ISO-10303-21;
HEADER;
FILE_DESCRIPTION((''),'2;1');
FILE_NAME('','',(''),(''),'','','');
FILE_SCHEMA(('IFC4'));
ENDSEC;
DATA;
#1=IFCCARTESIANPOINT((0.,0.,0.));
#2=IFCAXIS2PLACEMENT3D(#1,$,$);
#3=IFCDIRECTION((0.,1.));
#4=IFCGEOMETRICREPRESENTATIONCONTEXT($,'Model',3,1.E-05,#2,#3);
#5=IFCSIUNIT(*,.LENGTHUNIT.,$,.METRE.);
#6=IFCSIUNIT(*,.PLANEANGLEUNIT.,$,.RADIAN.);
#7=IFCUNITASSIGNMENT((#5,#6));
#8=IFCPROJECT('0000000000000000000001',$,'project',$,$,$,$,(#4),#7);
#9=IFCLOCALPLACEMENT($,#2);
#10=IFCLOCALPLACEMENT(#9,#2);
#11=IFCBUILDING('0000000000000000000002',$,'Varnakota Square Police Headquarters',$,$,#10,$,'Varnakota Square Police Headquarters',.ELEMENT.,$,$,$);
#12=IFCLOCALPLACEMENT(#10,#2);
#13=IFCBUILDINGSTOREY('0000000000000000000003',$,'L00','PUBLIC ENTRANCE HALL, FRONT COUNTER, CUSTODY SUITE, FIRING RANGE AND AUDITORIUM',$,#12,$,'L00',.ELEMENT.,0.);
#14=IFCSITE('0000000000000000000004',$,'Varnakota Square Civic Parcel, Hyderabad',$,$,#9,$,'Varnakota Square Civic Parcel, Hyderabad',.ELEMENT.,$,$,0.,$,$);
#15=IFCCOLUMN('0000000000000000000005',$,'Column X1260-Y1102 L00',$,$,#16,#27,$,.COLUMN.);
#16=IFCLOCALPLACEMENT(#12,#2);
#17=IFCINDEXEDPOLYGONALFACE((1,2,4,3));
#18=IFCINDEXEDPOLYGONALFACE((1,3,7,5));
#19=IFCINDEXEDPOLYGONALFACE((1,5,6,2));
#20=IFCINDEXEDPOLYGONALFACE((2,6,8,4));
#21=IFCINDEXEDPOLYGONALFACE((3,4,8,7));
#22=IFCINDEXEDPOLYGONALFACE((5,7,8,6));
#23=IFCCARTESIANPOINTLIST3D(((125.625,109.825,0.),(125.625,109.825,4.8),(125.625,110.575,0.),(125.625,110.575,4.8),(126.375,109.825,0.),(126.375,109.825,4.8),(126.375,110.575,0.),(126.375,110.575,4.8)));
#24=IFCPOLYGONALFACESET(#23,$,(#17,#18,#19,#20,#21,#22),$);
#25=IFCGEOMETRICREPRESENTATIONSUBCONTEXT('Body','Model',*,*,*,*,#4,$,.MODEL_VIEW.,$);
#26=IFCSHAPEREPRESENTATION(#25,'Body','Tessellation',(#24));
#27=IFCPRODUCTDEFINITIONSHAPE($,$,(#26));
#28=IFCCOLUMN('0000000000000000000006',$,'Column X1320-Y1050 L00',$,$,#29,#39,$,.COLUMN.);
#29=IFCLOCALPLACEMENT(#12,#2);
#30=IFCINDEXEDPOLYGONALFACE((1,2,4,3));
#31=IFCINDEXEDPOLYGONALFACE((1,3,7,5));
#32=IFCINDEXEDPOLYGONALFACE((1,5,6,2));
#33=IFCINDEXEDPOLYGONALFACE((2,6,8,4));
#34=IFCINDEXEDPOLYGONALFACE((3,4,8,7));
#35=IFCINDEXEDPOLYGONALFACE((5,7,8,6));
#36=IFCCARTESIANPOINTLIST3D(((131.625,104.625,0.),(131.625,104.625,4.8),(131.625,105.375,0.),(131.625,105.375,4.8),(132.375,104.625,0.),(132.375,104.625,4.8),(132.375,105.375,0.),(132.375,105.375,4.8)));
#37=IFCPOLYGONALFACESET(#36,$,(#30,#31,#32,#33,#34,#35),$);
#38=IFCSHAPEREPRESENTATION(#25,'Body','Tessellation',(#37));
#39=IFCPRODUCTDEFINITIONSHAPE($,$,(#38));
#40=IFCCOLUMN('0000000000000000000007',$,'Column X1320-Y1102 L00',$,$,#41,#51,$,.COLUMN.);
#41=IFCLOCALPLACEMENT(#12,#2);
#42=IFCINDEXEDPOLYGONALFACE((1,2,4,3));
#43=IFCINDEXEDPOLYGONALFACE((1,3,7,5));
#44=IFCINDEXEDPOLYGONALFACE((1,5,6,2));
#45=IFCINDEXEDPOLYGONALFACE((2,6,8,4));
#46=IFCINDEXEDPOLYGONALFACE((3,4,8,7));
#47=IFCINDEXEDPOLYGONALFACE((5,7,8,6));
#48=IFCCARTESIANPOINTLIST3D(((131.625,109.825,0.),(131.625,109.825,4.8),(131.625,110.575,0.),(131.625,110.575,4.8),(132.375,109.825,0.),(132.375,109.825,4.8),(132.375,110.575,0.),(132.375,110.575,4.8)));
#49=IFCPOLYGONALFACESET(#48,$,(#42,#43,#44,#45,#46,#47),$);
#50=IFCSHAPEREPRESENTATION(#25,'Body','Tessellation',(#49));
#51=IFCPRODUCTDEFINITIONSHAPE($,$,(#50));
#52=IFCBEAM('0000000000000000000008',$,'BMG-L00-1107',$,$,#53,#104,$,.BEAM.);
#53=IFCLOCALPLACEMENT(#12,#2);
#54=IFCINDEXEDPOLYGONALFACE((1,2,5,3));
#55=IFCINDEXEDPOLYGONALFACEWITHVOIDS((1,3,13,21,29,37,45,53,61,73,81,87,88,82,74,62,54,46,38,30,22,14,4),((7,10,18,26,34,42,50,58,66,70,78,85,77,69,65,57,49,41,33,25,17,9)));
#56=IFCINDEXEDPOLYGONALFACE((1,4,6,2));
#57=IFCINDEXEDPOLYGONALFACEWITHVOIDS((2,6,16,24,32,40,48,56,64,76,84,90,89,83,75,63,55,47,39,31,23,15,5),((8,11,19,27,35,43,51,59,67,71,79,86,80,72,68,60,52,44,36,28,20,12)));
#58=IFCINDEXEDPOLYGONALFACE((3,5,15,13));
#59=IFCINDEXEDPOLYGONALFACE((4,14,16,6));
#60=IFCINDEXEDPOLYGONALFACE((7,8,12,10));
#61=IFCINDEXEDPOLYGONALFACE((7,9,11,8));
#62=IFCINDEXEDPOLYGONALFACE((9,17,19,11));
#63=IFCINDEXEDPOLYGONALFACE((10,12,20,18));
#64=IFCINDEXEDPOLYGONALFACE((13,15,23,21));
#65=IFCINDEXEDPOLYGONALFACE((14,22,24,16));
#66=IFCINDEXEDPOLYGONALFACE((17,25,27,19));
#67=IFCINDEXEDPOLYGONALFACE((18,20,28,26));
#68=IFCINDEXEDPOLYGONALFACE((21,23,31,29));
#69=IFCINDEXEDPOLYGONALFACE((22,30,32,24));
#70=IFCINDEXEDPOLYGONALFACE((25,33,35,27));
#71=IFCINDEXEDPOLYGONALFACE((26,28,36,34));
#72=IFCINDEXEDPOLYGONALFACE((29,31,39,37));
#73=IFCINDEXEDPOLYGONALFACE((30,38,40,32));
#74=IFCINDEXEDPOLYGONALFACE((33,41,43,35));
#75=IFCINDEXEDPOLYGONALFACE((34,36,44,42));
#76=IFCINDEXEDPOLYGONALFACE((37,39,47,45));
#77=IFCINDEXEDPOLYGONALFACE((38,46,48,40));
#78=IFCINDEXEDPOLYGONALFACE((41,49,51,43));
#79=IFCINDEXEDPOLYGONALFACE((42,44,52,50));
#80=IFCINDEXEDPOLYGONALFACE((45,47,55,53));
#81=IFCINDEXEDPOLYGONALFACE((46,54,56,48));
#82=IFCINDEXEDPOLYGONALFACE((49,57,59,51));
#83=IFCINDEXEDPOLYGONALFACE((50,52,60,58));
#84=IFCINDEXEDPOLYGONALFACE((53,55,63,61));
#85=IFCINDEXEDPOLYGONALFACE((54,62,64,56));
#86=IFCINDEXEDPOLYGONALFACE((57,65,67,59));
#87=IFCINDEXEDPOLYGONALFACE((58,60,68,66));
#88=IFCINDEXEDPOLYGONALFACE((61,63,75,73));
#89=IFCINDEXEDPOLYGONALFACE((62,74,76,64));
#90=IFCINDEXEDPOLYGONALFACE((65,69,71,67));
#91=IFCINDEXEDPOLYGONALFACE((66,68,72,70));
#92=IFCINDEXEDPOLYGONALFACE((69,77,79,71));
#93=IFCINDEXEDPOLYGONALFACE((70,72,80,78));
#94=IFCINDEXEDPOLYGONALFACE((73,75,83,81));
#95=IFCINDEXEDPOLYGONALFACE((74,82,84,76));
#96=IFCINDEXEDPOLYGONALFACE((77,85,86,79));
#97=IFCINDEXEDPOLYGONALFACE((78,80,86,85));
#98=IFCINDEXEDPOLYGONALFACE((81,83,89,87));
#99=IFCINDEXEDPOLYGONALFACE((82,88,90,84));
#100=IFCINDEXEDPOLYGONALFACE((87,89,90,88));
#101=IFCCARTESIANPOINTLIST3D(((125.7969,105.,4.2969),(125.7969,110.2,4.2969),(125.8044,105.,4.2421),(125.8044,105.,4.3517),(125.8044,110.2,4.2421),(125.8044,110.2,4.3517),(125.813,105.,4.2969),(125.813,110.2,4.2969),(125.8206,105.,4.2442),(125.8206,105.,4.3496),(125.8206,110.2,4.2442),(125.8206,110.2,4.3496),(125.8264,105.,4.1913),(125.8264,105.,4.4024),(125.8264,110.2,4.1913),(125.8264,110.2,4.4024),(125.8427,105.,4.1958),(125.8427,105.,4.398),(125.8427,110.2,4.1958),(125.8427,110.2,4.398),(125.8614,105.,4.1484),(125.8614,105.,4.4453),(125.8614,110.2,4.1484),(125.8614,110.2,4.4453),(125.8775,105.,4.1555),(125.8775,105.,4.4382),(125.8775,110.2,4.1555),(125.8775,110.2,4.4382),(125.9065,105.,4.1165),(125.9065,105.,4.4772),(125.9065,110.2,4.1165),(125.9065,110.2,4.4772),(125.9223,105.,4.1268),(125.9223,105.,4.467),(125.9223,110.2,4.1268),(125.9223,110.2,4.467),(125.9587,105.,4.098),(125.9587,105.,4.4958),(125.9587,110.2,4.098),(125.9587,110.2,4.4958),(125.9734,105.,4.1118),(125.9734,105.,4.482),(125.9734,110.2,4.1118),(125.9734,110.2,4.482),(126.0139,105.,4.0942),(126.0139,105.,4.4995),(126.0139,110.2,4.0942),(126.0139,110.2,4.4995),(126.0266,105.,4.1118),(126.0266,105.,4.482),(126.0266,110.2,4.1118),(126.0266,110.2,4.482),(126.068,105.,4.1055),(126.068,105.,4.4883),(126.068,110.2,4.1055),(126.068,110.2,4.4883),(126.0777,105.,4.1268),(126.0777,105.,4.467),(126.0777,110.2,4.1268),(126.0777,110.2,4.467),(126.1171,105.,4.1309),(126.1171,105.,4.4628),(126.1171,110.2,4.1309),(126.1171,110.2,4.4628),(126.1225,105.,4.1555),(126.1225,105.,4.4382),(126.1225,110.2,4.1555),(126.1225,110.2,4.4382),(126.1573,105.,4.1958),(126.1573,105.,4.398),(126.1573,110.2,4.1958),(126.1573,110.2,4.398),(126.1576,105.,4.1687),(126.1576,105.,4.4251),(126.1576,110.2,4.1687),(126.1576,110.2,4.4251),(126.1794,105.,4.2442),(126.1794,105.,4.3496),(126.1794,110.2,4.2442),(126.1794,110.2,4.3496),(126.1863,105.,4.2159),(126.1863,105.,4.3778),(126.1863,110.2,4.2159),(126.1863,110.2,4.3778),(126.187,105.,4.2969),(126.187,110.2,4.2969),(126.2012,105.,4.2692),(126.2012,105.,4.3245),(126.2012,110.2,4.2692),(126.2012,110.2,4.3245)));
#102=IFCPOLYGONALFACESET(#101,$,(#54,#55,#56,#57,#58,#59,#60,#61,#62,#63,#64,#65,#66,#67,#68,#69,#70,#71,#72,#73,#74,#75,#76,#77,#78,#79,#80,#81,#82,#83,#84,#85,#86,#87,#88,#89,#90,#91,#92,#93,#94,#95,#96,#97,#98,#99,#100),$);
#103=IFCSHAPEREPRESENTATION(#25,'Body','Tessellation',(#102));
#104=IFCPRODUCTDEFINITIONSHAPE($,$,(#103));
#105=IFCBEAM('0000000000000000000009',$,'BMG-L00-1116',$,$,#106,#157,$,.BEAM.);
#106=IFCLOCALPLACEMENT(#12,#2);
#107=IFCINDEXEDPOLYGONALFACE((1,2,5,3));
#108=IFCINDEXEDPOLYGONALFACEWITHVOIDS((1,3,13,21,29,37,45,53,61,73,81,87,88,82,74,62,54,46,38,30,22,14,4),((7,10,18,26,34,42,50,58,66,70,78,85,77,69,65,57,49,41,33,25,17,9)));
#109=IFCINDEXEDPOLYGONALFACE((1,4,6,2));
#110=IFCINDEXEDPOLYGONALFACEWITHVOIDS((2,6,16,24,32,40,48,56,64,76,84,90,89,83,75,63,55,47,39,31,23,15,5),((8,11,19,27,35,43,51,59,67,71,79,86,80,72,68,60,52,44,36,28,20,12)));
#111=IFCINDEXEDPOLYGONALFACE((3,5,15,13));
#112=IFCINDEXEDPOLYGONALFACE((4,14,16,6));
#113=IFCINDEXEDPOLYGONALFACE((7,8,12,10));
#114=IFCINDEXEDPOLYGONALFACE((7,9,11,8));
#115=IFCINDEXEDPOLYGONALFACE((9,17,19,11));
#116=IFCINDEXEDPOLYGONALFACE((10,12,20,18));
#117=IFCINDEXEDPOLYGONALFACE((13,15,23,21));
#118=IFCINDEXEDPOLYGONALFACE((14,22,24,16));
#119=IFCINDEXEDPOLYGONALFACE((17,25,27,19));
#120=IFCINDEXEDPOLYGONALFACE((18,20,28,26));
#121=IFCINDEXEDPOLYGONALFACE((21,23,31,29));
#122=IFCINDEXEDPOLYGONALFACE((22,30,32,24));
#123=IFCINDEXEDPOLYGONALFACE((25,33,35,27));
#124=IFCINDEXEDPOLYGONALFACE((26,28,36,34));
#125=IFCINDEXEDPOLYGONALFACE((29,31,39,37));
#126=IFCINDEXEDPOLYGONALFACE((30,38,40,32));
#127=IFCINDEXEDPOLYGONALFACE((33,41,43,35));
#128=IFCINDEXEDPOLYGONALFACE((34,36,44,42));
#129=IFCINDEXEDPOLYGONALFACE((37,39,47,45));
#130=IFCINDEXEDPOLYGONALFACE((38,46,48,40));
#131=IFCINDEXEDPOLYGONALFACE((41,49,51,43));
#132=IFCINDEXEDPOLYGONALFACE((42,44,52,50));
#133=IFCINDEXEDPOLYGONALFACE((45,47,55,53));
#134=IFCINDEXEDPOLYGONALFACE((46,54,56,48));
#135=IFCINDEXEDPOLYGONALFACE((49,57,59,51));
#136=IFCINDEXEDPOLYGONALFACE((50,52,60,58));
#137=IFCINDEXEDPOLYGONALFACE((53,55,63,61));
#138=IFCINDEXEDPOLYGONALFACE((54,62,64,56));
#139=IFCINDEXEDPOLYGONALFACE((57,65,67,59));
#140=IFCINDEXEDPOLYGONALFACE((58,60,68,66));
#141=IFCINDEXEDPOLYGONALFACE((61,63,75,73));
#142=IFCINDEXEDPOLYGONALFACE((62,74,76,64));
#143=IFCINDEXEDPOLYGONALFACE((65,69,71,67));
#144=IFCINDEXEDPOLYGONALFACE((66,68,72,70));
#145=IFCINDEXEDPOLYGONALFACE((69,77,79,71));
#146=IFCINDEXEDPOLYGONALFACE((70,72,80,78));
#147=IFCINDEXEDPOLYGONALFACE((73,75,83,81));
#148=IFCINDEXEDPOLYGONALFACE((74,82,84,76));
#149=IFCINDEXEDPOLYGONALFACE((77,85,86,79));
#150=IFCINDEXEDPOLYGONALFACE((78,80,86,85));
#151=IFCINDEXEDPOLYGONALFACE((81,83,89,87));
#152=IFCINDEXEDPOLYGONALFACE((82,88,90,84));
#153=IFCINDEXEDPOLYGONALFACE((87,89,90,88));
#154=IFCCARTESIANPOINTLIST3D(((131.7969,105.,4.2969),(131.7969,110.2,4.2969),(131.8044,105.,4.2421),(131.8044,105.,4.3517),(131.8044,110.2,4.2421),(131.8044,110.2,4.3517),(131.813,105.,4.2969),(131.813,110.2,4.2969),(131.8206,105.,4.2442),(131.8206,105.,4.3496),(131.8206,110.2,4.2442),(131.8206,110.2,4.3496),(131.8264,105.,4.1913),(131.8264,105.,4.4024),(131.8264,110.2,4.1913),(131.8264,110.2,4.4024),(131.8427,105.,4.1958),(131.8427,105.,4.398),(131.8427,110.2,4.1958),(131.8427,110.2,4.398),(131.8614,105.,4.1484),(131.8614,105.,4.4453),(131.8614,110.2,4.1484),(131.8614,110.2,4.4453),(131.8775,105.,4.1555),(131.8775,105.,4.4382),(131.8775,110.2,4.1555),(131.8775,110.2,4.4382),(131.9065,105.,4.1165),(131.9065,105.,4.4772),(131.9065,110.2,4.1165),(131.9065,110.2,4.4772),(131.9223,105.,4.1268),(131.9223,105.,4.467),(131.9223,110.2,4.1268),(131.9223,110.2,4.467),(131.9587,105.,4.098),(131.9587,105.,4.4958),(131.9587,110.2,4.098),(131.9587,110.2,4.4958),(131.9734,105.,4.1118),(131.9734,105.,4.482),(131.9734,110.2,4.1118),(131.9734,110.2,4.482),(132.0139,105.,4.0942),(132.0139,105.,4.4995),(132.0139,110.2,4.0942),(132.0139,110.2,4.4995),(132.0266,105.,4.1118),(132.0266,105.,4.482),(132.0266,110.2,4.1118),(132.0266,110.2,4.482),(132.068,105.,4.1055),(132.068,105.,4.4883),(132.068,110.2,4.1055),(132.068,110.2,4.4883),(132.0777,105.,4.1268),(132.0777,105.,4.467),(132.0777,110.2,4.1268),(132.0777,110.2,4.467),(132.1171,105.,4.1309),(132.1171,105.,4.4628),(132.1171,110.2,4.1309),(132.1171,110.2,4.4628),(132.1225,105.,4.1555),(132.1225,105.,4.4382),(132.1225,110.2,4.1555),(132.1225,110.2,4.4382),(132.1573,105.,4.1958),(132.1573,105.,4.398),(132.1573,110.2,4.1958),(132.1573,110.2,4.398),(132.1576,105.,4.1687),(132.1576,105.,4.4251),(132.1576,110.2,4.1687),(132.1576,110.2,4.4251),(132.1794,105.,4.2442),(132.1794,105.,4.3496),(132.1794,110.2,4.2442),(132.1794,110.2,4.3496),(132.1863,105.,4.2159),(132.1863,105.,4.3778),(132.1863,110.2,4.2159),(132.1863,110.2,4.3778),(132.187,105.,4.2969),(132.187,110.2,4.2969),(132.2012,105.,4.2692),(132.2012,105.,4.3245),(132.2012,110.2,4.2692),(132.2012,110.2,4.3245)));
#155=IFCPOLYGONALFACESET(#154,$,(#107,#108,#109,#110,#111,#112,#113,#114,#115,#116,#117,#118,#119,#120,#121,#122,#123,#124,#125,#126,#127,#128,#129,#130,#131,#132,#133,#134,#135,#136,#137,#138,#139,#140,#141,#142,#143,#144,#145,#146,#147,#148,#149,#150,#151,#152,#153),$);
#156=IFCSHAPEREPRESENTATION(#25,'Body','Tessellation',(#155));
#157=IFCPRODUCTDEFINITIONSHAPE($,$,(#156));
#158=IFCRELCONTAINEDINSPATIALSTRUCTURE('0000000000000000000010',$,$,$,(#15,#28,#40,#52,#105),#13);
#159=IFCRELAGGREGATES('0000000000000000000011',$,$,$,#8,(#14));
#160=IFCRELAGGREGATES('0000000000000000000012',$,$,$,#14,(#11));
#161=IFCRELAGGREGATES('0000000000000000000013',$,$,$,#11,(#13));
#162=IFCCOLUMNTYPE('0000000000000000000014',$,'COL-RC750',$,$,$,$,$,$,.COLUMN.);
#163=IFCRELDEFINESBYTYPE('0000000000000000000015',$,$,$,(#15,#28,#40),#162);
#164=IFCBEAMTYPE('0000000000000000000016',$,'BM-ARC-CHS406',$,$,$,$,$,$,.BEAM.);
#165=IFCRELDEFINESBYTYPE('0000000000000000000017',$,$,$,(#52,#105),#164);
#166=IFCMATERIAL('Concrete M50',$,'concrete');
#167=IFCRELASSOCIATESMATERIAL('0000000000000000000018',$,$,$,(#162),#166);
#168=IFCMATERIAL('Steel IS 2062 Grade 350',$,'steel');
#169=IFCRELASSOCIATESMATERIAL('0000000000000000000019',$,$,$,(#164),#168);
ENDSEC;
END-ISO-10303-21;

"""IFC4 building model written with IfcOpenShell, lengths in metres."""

from ifc_helpers import new_model, si_unit, direction, frame, origin, origin_2d, place, context, subcontext, project, spatial, rectangle, hollow_circle, extrude, material, material_profile, profile_set, type_object, element, save


model = new_model("IFC4")

# Units and contexts
model_context = context("Model", 3, precision=1e-05, world=origin(), true_north=direction((0.0, 1.0)))
body_context = subcontext(model_context, "Body", "Model", "MODEL_VIEW")
ifc_project = project(units=[si_unit("LENGTHUNIT", "METRE"), si_unit("PLANEANGLEUNIT", "RADIAN")], contexts=[model_context])

# Site, building, storey
site_placement = place(None, origin())
site = spatial("IfcSite", under=ifc_project, at=site_placement, Name="Varnakota Square Civic Parcel, Hyderabad", LongName="Varnakota Square Civic Parcel, Hyderabad", CompositionType="ELEMENT", RefElevation=0.0)
building_placement = place(site_placement, origin())
building = spatial("IfcBuilding", under=site, at=building_placement, Name="Varnakota Square Police Headquarters", LongName="Varnakota Square Police Headquarters", CompositionType="ELEMENT")
storey_placement = place(building_placement, origin())
storey = spatial("IfcBuildingStorey", under=building, at=storey_placement, Name="L00", Description="PUBLIC ENTRANCE HALL, FRONT COUNTER, CUSTODY SUITE, FIRING RANGE AND AUDITORIUM", LongName="L00", CompositionType="ELEMENT", Elevation=0.0)

# Columns
ifc_material_1 = material(Name="Concrete M50", Category="concrete")
ifc_material_profile_1 = material_profile(ifc_material_1, rectangle(XDim=0.75, YDim=0.75, at=origin_2d()), Name="RC 750x750")
ifc_profile_set_1 = profile_set([ifc_material_profile_1], Name="Concrete M50")
column_type = type_object("IfcColumnType", Name="COL-RC750", PredefinedType="COLUMN", material=ifc_profile_set_1)
for number, where, z_axis, x_axis, name in (
    (1, (126.0, 110.2, 0.0), (0.0, 0.0, 1.0), (1.0, 0.0, 0.0), "Column X1260-Y1102 L00"),
    (2, (132.0, 105.0, 0.0), (0.0, 0.0, 1.0), (1.0, 0.0, 0.0), "Column X1320-Y1050 L00"),
    (3, (132.0, 110.2, 0.0), (0.0, 0.0, 1.0), (1.0, 0.0, 0.0), "Column X1320-Y1102 L00"),
):
    element("IfcColumn", number, at=place(storey_placement, frame(where, z_axis=z_axis, x_axis=x_axis)), inside=storey, type_object=column_type, Name=name, PredefinedType="COLUMN", context=body_context, shape_type="SweptSolid", body=[
        extrude(rectangle(XDim=0.75, YDim=0.75, at=origin_2d()), origin(), (0.0, 0.0, 1.0), 4.8),
    ])

# Beams
ifc_material_2 = material(Name="Steel IS 2062 Grade 350", Category="steel")
ifc_material_profile_2 = material_profile(ifc_material_2, hollow_circle(Radius=0.2031, WallThickness=0.0161, at=origin_2d()), Name="CHS 406.4x16.0")
ifc_profile_set_2 = profile_set([ifc_material_profile_2], Name="Steel IS 2062 Grade 350")
beam_type_1 = type_object("IfcBeamType", Name="BM-ARC-CHS406", PredefinedType="BEAM", material=ifc_profile_set_2)
for number, where, z_axis, x_axis, name in (
    (4, (126.0, 105.0, 4.2969), (0.0, 1.0, 0.0), (-1.0, 0.0, 0.0), "BMG-L00-1107"),
    (5, (132.0, 105.0, 4.2969), (0.0, 1.0, 0.0), (-1.0, 0.0, 0.0), "BMG-L00-1116"),
):
    element("IfcBeam", number, at=place(storey_placement, frame(where, z_axis=z_axis, x_axis=x_axis)), inside=storey, type_object=beam_type_1, Name=name, PredefinedType="BEAM", context=body_context, shape_type="SweptSolid", body=[
        extrude(hollow_circle(Radius=0.2031, WallThickness=0.0161, at=origin_2d()), origin(), (0.0, 0.0, 1.0), 5.2),
    ])

save(model, "model.ifc")
